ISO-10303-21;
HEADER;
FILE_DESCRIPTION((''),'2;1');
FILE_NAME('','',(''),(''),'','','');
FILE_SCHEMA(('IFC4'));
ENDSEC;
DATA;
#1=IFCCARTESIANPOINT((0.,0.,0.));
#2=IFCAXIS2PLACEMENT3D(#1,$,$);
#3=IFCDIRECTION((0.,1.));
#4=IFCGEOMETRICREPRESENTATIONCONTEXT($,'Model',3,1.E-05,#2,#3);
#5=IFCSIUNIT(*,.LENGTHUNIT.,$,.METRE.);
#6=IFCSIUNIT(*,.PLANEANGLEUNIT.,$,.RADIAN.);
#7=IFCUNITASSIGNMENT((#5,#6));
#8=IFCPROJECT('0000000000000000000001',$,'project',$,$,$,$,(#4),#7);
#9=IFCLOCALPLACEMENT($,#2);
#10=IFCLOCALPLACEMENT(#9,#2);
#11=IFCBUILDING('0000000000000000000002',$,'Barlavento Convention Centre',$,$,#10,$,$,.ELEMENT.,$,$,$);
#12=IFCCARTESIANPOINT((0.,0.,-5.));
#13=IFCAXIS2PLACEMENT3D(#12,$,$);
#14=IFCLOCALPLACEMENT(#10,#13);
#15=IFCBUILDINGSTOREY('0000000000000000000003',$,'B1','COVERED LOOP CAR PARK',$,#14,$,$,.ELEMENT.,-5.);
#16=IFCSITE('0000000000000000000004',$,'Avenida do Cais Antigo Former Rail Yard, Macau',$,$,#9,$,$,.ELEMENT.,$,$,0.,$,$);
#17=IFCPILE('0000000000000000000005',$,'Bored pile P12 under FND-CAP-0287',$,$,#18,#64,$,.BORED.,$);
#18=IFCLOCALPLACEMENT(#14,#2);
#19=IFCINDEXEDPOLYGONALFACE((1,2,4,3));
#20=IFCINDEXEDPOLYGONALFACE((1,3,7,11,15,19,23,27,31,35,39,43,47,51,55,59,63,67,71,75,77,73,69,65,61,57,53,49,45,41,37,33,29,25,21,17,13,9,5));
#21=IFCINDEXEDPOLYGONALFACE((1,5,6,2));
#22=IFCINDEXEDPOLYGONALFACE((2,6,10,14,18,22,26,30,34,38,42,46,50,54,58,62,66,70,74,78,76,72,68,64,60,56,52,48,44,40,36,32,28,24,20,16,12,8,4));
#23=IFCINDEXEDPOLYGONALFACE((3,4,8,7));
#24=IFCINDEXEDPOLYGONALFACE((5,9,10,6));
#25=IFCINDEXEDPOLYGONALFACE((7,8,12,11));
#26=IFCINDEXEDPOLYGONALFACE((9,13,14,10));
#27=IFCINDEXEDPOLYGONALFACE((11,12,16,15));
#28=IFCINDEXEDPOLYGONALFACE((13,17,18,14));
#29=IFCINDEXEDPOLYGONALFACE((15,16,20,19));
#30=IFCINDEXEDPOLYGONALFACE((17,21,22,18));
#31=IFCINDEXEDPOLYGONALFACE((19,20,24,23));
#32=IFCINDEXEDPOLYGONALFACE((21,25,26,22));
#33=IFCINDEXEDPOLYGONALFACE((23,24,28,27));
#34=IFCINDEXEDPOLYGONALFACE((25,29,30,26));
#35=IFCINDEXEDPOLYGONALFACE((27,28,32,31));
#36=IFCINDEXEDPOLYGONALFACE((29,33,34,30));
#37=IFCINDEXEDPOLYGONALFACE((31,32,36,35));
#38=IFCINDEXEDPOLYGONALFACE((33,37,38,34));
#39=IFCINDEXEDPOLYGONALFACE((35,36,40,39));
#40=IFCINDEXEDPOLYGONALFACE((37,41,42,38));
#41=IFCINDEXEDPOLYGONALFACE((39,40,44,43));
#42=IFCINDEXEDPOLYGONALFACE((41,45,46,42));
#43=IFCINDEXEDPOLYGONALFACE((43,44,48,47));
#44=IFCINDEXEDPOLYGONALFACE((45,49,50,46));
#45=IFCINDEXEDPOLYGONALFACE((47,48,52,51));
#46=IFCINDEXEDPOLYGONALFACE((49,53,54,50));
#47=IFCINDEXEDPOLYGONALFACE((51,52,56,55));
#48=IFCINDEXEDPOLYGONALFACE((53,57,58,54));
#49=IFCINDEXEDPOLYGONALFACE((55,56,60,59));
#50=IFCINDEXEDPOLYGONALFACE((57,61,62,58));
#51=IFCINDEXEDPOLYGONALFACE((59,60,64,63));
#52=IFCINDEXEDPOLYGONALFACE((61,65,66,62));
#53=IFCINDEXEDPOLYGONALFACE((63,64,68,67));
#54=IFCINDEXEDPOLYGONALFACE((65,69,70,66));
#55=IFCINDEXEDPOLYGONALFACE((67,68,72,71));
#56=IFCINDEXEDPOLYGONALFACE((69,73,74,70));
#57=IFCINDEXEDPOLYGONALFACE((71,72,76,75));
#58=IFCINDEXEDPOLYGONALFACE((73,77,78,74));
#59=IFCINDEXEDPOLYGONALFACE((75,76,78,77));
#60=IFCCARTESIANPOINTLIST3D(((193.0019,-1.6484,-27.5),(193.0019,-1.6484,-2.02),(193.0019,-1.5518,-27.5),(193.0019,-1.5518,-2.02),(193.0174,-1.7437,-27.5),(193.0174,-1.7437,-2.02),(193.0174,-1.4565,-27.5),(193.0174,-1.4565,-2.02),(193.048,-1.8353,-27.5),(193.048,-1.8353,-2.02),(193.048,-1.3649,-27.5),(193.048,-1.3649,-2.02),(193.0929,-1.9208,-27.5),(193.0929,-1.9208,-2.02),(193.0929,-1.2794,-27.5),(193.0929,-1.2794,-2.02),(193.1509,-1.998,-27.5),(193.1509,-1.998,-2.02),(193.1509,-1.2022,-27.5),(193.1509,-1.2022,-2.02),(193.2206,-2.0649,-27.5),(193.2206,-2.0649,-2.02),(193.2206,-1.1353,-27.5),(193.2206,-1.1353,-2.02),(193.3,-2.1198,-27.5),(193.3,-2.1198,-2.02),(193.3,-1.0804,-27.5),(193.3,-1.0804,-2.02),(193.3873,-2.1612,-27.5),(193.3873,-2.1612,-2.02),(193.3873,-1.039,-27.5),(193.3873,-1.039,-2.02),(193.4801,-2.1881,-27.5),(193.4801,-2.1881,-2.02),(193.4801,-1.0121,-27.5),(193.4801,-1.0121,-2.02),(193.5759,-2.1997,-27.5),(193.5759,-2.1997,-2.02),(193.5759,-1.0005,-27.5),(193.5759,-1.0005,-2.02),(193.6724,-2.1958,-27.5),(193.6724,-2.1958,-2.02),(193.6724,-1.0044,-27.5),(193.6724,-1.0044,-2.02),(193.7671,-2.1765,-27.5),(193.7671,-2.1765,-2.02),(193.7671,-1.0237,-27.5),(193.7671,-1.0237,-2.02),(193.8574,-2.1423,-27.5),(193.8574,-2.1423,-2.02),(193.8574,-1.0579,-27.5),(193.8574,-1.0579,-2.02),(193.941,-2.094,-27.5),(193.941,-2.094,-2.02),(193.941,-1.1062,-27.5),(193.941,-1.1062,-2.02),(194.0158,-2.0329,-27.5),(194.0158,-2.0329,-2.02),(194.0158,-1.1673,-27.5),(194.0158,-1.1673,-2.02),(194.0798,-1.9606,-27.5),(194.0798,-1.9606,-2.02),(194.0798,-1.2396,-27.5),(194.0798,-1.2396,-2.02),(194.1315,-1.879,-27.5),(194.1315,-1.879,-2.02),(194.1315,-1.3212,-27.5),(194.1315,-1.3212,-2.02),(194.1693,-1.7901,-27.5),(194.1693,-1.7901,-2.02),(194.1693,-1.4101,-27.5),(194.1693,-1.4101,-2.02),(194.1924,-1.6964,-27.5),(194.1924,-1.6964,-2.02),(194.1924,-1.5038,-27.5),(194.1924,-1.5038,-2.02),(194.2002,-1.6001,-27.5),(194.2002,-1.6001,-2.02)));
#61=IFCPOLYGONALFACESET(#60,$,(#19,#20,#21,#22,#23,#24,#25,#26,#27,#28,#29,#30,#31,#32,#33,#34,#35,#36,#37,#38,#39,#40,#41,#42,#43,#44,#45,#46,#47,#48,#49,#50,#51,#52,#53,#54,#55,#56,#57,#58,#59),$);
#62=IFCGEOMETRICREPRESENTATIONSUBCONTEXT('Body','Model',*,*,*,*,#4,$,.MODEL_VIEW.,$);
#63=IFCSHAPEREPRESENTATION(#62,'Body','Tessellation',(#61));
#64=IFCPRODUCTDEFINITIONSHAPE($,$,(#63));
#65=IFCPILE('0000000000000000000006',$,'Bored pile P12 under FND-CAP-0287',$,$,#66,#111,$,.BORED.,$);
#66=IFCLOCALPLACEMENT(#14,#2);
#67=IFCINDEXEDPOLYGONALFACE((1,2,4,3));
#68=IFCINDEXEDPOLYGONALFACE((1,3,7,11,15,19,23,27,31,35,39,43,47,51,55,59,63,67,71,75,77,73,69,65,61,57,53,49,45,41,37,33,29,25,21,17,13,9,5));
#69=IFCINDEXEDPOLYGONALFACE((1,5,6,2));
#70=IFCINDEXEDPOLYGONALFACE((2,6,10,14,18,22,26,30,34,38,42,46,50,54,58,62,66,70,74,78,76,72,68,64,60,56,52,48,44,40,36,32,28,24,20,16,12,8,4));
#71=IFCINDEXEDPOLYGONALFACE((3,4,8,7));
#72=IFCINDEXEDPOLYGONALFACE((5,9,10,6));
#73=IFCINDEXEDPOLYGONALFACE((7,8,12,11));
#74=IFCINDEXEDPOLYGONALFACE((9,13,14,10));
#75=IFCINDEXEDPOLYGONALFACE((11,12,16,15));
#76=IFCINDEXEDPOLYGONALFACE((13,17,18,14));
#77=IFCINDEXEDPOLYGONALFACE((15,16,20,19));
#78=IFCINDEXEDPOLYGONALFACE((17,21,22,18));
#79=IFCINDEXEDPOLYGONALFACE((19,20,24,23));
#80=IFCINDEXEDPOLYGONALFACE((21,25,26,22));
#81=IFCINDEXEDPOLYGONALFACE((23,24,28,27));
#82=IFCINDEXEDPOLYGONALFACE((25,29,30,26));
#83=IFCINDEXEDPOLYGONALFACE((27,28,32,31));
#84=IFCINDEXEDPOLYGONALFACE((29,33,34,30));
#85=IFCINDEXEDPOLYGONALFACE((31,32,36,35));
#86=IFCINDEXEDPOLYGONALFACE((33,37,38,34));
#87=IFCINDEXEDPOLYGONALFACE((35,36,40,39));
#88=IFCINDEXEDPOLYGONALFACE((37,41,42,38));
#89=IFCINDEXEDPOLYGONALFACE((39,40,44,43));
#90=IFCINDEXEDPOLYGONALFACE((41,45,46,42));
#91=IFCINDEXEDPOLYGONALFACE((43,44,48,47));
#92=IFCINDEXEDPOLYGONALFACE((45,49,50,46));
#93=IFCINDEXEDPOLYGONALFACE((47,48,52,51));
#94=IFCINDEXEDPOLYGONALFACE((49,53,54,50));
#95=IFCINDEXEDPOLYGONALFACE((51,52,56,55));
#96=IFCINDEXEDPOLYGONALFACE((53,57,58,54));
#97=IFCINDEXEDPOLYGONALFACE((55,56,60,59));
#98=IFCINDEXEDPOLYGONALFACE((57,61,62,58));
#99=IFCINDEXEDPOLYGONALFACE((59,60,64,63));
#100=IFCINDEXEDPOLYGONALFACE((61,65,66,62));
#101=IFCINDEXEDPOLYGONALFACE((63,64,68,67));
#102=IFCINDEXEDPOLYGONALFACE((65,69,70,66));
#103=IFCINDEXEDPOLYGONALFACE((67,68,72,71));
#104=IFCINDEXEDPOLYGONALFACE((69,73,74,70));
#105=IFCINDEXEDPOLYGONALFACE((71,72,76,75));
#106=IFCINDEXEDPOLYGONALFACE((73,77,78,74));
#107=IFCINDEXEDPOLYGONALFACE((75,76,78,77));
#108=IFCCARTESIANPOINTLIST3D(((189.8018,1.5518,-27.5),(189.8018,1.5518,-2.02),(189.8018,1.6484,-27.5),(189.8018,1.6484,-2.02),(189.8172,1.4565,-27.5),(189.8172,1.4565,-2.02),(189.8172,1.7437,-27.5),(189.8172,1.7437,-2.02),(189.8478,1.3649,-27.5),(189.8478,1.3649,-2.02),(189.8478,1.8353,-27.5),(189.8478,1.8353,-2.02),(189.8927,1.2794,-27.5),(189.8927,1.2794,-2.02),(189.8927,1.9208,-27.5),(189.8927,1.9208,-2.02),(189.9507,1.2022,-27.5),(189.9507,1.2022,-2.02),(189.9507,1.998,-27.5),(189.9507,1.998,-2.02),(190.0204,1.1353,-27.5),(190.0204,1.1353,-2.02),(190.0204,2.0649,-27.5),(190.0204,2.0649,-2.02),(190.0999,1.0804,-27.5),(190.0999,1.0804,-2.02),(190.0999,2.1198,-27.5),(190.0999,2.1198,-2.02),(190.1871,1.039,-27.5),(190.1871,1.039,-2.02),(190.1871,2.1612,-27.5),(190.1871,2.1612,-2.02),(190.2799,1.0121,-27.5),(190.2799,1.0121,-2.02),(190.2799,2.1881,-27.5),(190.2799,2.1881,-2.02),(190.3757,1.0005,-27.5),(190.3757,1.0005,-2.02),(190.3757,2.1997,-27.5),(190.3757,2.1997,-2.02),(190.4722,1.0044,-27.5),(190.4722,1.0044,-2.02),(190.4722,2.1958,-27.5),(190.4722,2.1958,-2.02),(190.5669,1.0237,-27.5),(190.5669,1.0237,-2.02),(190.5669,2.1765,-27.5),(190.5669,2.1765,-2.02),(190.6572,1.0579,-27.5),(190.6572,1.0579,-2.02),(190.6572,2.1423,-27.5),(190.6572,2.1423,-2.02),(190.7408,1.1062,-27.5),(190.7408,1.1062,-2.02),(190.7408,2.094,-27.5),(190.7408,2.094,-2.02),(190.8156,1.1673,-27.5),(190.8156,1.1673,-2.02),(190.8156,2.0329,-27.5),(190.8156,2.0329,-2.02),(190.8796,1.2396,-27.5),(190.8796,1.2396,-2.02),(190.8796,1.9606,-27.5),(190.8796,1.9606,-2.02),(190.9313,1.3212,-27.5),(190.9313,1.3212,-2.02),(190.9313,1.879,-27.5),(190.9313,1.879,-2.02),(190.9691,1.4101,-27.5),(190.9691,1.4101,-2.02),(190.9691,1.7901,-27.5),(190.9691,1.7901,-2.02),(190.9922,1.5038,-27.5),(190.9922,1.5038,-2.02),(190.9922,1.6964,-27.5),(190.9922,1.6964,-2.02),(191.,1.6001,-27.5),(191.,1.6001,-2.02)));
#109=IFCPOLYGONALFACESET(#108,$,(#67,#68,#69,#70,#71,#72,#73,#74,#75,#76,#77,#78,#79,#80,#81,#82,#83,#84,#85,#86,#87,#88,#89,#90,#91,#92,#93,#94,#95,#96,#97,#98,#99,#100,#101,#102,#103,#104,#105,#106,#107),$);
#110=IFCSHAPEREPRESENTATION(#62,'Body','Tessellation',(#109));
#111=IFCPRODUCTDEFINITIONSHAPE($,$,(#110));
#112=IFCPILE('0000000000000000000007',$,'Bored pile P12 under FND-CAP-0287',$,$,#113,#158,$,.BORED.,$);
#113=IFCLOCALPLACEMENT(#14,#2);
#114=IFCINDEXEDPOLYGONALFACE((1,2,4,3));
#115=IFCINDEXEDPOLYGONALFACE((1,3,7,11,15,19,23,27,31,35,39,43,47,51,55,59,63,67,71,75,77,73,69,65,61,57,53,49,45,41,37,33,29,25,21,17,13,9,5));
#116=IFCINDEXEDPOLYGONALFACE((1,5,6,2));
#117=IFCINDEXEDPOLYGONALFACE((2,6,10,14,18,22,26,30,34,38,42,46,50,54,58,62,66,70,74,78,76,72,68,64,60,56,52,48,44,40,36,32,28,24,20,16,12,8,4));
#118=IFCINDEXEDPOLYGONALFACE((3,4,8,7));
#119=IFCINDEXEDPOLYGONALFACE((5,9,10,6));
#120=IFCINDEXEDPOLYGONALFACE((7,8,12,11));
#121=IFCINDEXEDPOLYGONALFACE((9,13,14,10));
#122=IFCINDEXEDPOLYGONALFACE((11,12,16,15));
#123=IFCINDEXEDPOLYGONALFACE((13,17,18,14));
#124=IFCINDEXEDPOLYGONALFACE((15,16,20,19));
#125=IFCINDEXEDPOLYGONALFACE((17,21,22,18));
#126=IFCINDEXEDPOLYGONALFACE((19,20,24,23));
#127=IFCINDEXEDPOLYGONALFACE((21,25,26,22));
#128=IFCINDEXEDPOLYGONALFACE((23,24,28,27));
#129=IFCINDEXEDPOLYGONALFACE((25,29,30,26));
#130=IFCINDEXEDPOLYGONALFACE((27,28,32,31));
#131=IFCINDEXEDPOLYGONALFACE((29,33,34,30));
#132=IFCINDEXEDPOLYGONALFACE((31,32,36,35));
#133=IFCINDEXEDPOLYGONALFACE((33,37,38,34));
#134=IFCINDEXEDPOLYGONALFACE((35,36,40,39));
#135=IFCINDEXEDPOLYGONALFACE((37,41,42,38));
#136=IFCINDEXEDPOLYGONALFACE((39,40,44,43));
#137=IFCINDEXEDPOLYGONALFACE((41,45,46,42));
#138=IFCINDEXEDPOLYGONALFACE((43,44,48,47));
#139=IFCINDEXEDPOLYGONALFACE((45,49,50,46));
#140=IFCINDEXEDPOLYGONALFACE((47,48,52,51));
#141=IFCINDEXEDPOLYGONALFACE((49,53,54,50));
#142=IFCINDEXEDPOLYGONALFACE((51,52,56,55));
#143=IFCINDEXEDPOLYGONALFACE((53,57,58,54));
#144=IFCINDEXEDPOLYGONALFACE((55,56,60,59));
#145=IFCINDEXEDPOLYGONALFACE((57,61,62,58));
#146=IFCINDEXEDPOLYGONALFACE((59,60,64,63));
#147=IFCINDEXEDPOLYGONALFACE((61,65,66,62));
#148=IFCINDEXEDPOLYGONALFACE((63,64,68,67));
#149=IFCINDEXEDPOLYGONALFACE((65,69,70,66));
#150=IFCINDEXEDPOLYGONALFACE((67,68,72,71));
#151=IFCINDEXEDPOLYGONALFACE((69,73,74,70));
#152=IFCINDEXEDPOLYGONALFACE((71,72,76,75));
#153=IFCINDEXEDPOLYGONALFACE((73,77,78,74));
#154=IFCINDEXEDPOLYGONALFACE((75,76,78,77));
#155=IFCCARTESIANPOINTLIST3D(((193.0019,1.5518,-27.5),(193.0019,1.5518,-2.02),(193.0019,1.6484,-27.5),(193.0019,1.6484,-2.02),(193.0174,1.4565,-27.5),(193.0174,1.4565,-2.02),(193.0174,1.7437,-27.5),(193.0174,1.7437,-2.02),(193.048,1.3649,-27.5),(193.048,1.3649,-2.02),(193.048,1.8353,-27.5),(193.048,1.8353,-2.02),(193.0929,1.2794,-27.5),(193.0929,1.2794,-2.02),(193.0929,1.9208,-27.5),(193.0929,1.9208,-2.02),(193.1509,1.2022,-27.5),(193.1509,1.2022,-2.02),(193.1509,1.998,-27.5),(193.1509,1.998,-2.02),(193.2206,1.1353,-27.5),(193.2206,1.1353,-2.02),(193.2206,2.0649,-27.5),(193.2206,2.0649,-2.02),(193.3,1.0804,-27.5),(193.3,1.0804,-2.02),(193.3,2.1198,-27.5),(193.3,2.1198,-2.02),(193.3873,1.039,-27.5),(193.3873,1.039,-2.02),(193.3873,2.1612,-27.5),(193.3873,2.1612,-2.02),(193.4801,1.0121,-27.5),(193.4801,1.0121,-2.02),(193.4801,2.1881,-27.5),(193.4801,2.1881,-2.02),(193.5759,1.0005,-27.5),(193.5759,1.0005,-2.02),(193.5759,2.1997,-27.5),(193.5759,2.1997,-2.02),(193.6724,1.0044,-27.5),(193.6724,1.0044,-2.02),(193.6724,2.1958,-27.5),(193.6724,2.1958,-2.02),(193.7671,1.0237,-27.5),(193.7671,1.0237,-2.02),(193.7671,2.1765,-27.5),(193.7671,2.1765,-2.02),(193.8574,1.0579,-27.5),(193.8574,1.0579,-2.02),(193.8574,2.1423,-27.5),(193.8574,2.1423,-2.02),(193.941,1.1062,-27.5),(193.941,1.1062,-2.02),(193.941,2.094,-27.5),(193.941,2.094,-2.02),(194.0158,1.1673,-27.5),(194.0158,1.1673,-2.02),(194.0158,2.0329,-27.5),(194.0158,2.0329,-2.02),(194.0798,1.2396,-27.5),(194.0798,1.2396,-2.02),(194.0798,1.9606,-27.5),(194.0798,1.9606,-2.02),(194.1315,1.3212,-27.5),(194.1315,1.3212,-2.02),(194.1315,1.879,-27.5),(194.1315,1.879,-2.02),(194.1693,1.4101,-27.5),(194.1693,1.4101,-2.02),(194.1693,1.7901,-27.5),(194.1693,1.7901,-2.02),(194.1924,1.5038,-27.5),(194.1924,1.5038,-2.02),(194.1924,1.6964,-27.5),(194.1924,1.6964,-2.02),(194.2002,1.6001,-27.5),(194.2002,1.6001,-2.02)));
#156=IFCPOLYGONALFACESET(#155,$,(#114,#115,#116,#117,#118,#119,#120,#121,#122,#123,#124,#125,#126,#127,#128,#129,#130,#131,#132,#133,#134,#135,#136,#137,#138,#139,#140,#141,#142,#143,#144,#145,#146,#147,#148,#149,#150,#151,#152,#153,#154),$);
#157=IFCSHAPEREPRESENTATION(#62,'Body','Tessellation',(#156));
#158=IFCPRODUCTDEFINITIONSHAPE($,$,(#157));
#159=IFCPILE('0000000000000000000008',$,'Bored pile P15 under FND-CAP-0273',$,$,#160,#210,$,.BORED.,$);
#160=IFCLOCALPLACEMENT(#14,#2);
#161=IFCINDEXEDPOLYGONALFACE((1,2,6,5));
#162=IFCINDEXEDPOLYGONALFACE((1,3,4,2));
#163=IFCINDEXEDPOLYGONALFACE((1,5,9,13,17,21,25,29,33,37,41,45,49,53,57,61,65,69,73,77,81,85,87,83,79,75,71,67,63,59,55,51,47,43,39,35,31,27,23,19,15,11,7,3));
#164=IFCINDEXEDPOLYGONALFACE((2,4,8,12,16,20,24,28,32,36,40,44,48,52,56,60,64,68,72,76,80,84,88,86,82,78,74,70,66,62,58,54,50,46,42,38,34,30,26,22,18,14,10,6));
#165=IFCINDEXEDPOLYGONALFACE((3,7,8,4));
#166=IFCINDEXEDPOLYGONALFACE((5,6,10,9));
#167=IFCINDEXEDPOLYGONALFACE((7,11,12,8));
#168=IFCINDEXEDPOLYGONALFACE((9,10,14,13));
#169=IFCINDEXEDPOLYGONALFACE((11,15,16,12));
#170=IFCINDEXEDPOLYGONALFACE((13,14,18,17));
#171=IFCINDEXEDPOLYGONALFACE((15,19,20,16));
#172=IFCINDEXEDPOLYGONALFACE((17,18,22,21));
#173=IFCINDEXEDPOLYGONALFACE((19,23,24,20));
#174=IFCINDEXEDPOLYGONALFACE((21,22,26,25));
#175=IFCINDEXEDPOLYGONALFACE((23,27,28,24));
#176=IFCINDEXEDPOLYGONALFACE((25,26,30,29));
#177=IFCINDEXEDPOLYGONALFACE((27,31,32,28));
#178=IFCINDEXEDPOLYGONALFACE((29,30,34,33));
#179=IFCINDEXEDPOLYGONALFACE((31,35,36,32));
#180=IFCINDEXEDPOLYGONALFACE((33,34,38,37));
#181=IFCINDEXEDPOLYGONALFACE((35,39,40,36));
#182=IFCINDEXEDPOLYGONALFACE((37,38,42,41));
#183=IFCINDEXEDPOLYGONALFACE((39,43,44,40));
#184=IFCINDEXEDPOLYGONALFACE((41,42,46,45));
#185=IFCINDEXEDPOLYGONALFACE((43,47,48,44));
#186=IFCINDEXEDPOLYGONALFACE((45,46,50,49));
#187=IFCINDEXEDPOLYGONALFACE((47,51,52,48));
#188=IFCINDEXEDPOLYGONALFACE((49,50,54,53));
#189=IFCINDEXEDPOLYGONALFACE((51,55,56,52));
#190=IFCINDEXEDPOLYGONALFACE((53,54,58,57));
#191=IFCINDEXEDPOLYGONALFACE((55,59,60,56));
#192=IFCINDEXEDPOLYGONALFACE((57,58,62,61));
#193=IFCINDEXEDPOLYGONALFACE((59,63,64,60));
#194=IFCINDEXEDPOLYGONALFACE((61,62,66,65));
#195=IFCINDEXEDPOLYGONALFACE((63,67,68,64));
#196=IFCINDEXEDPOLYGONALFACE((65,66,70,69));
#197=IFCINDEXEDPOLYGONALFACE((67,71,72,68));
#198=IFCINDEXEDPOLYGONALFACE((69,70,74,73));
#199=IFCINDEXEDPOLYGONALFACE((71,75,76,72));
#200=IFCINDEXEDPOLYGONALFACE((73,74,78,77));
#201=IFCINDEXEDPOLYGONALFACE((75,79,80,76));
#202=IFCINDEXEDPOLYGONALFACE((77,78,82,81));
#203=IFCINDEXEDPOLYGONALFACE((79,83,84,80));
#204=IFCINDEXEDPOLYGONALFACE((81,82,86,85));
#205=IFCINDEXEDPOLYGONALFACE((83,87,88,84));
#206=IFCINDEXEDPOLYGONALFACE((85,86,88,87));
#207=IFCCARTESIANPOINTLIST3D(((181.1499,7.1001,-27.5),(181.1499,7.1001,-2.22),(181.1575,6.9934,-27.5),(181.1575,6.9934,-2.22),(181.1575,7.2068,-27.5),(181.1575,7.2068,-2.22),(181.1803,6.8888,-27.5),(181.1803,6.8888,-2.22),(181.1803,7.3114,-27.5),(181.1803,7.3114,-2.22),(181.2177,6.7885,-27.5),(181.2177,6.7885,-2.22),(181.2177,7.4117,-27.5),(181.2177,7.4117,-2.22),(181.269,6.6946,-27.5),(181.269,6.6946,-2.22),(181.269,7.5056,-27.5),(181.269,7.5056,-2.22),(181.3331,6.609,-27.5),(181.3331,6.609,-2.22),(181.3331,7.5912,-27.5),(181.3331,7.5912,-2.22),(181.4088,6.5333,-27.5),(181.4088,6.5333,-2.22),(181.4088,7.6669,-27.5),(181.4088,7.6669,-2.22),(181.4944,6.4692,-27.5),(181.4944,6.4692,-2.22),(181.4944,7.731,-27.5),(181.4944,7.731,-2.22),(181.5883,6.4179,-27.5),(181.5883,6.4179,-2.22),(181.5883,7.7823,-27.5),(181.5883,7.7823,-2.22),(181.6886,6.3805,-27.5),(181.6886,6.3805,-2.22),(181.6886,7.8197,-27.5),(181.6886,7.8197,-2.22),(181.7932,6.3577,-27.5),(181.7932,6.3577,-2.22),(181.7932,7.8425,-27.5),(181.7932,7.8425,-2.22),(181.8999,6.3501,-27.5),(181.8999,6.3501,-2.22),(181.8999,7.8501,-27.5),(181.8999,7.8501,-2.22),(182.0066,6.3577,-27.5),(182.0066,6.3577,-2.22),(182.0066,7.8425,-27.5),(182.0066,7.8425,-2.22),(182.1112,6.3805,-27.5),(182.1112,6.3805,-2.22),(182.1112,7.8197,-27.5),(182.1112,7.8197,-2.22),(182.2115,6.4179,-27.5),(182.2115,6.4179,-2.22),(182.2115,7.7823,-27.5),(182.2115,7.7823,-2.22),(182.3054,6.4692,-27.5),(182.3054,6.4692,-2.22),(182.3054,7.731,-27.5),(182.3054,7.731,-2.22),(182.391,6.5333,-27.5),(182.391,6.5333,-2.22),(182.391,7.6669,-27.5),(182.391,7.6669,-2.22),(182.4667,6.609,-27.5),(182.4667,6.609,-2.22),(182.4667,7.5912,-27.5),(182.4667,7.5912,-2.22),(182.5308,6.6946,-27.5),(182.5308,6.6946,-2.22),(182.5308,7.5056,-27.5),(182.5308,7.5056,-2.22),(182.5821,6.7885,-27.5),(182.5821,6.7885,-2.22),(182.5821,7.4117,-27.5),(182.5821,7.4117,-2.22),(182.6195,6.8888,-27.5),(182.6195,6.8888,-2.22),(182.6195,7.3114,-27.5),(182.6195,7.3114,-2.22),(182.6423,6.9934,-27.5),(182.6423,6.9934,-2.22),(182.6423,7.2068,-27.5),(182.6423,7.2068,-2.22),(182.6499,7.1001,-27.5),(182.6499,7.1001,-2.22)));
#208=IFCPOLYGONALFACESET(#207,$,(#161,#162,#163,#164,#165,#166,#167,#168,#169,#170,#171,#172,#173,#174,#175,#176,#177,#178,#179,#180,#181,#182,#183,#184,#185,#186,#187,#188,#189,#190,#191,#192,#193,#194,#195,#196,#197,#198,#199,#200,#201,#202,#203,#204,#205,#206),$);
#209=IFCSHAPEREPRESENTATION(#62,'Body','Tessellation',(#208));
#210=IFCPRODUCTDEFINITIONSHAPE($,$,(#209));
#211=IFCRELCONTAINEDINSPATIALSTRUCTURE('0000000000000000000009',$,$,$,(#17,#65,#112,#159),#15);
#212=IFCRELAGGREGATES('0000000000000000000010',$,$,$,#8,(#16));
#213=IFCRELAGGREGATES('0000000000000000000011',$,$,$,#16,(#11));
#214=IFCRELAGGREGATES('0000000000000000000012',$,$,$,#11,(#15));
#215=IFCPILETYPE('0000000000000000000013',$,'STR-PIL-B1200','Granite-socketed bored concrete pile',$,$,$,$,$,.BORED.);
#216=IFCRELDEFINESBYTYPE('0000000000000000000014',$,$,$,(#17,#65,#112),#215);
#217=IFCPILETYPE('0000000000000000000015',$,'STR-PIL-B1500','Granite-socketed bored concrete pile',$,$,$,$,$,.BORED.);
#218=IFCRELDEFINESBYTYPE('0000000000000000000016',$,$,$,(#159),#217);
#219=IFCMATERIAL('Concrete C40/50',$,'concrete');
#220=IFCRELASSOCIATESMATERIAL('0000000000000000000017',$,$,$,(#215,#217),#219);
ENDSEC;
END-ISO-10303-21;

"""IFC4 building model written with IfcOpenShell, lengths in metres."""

from ifc_helpers import new_model, si_unit, direction, frame, origin, origin_2d, place, context, subcontext, project, spatial, circle, extrude, material, material_profile, profile_set, type_object, element, save


model = new_model("IFC4")

# Units and contexts
model_context = context("Model", 3, precision=1e-05, world=origin(), true_north=direction((0.0, 1.0)))
body_context = subcontext(model_context, "Body", "Model", "MODEL_VIEW")
ifc_project = project(units=[si_unit("LENGTHUNIT", "METRE"), si_unit("PLANEANGLEUNIT", "RADIAN")], contexts=[model_context])

# Site, building, storey
site_placement = place(None, origin())
site = spatial("IfcSite", under=ifc_project, at=site_placement, Name="Avenida do Cais Antigo Former Rail Yard, Macau", CompositionType="ELEMENT", RefElevation=0.0)
building_placement = place(site_placement, origin())
building = spatial("IfcBuilding", under=site, at=building_placement, Name="Barlavento Convention Centre", CompositionType="ELEMENT")
storey_placement = place(building_placement, frame((0.0, 0.0, -5.0)))
storey = spatial("IfcBuildingStorey", under=building, at=storey_placement, Name="B1", Description="COVERED LOOP CAR PARK", CompositionType="ELEMENT", Elevation=-5.0)

# Shared definitions
ifc_material_1 = material(Name="Concrete C40/50", Category="concrete")

# Piles
ifc_material_profile_1 = material_profile(ifc_material_1, circle(Radius=0.6001, at=origin_2d()), Name="BORED PILE 1200")
ifc_profile_set_1 = profile_set([ifc_material_profile_1], Name="Concrete C40/50")
pile_type_1 = type_object("IfcPileType", Name="STR-PIL-B1200", Description="Granite-socketed bored concrete pile", PredefinedType="BORED", material=ifc_profile_set_1)
for number, where, z_axis, x_axis, name in (
    (1, (193.6001, -1.6001, -2.02), (0.0, 0.0, -1.0), (1.0, 0.0, 0.0), "Bored pile P12 under FND-CAP-0287"),
    (2, (190.3999, 1.6001, -2.02), (0.0, 0.0, -1.0), (1.0, 0.0, 0.0), "Bored pile P12 under FND-CAP-0287"),
    (3, (193.6001, 1.6001, -2.02), (0.0, 0.0, -1.0), (1.0, 0.0, 0.0), "Bored pile P12 under FND-CAP-0287"),
):
    element("IfcPile", number, at=place(storey_placement, frame(where, z_axis=z_axis, x_axis=x_axis)), inside=storey, type_object=pile_type_1, Name=name, PredefinedType="BORED", context=body_context, shape_type="SweptSolid", body=[
        extrude(circle(Radius=0.6001, at=origin_2d()), origin(), (0.0, 0.0, 1.0), 25.48),
    ])
ifc_material_profile_2 = material_profile(ifc_material_1, circle(Radius=0.75, at=origin_2d()), Name="BORED PILE 1500")
ifc_profile_set_2 = profile_set([ifc_material_profile_2], Name="Concrete C40/50")
pile_type_2 = type_object("IfcPileType", Name="STR-PIL-B1500", Description="Granite-socketed bored concrete pile", PredefinedType="BORED", material=ifc_profile_set_2)
for number, where, z_axis, x_axis, name in (
    (4, (181.8999, 7.1001, -2.22), (0.0, 0.0, -1.0), (1.0, 0.0, 0.0), "Bored pile P15 under FND-CAP-0273"),
):
    element("IfcPile", number, at=place(storey_placement, frame(where, z_axis=z_axis, x_axis=x_axis)), inside=storey, type_object=pile_type_2, Name=name, PredefinedType="BORED", context=body_context, shape_type="SweptSolid", body=[
        extrude(circle(Radius=0.75, at=origin_2d()), origin(), (0.0, 0.0, 1.0), 25.28),
    ])

save(model, "model.ifc")
